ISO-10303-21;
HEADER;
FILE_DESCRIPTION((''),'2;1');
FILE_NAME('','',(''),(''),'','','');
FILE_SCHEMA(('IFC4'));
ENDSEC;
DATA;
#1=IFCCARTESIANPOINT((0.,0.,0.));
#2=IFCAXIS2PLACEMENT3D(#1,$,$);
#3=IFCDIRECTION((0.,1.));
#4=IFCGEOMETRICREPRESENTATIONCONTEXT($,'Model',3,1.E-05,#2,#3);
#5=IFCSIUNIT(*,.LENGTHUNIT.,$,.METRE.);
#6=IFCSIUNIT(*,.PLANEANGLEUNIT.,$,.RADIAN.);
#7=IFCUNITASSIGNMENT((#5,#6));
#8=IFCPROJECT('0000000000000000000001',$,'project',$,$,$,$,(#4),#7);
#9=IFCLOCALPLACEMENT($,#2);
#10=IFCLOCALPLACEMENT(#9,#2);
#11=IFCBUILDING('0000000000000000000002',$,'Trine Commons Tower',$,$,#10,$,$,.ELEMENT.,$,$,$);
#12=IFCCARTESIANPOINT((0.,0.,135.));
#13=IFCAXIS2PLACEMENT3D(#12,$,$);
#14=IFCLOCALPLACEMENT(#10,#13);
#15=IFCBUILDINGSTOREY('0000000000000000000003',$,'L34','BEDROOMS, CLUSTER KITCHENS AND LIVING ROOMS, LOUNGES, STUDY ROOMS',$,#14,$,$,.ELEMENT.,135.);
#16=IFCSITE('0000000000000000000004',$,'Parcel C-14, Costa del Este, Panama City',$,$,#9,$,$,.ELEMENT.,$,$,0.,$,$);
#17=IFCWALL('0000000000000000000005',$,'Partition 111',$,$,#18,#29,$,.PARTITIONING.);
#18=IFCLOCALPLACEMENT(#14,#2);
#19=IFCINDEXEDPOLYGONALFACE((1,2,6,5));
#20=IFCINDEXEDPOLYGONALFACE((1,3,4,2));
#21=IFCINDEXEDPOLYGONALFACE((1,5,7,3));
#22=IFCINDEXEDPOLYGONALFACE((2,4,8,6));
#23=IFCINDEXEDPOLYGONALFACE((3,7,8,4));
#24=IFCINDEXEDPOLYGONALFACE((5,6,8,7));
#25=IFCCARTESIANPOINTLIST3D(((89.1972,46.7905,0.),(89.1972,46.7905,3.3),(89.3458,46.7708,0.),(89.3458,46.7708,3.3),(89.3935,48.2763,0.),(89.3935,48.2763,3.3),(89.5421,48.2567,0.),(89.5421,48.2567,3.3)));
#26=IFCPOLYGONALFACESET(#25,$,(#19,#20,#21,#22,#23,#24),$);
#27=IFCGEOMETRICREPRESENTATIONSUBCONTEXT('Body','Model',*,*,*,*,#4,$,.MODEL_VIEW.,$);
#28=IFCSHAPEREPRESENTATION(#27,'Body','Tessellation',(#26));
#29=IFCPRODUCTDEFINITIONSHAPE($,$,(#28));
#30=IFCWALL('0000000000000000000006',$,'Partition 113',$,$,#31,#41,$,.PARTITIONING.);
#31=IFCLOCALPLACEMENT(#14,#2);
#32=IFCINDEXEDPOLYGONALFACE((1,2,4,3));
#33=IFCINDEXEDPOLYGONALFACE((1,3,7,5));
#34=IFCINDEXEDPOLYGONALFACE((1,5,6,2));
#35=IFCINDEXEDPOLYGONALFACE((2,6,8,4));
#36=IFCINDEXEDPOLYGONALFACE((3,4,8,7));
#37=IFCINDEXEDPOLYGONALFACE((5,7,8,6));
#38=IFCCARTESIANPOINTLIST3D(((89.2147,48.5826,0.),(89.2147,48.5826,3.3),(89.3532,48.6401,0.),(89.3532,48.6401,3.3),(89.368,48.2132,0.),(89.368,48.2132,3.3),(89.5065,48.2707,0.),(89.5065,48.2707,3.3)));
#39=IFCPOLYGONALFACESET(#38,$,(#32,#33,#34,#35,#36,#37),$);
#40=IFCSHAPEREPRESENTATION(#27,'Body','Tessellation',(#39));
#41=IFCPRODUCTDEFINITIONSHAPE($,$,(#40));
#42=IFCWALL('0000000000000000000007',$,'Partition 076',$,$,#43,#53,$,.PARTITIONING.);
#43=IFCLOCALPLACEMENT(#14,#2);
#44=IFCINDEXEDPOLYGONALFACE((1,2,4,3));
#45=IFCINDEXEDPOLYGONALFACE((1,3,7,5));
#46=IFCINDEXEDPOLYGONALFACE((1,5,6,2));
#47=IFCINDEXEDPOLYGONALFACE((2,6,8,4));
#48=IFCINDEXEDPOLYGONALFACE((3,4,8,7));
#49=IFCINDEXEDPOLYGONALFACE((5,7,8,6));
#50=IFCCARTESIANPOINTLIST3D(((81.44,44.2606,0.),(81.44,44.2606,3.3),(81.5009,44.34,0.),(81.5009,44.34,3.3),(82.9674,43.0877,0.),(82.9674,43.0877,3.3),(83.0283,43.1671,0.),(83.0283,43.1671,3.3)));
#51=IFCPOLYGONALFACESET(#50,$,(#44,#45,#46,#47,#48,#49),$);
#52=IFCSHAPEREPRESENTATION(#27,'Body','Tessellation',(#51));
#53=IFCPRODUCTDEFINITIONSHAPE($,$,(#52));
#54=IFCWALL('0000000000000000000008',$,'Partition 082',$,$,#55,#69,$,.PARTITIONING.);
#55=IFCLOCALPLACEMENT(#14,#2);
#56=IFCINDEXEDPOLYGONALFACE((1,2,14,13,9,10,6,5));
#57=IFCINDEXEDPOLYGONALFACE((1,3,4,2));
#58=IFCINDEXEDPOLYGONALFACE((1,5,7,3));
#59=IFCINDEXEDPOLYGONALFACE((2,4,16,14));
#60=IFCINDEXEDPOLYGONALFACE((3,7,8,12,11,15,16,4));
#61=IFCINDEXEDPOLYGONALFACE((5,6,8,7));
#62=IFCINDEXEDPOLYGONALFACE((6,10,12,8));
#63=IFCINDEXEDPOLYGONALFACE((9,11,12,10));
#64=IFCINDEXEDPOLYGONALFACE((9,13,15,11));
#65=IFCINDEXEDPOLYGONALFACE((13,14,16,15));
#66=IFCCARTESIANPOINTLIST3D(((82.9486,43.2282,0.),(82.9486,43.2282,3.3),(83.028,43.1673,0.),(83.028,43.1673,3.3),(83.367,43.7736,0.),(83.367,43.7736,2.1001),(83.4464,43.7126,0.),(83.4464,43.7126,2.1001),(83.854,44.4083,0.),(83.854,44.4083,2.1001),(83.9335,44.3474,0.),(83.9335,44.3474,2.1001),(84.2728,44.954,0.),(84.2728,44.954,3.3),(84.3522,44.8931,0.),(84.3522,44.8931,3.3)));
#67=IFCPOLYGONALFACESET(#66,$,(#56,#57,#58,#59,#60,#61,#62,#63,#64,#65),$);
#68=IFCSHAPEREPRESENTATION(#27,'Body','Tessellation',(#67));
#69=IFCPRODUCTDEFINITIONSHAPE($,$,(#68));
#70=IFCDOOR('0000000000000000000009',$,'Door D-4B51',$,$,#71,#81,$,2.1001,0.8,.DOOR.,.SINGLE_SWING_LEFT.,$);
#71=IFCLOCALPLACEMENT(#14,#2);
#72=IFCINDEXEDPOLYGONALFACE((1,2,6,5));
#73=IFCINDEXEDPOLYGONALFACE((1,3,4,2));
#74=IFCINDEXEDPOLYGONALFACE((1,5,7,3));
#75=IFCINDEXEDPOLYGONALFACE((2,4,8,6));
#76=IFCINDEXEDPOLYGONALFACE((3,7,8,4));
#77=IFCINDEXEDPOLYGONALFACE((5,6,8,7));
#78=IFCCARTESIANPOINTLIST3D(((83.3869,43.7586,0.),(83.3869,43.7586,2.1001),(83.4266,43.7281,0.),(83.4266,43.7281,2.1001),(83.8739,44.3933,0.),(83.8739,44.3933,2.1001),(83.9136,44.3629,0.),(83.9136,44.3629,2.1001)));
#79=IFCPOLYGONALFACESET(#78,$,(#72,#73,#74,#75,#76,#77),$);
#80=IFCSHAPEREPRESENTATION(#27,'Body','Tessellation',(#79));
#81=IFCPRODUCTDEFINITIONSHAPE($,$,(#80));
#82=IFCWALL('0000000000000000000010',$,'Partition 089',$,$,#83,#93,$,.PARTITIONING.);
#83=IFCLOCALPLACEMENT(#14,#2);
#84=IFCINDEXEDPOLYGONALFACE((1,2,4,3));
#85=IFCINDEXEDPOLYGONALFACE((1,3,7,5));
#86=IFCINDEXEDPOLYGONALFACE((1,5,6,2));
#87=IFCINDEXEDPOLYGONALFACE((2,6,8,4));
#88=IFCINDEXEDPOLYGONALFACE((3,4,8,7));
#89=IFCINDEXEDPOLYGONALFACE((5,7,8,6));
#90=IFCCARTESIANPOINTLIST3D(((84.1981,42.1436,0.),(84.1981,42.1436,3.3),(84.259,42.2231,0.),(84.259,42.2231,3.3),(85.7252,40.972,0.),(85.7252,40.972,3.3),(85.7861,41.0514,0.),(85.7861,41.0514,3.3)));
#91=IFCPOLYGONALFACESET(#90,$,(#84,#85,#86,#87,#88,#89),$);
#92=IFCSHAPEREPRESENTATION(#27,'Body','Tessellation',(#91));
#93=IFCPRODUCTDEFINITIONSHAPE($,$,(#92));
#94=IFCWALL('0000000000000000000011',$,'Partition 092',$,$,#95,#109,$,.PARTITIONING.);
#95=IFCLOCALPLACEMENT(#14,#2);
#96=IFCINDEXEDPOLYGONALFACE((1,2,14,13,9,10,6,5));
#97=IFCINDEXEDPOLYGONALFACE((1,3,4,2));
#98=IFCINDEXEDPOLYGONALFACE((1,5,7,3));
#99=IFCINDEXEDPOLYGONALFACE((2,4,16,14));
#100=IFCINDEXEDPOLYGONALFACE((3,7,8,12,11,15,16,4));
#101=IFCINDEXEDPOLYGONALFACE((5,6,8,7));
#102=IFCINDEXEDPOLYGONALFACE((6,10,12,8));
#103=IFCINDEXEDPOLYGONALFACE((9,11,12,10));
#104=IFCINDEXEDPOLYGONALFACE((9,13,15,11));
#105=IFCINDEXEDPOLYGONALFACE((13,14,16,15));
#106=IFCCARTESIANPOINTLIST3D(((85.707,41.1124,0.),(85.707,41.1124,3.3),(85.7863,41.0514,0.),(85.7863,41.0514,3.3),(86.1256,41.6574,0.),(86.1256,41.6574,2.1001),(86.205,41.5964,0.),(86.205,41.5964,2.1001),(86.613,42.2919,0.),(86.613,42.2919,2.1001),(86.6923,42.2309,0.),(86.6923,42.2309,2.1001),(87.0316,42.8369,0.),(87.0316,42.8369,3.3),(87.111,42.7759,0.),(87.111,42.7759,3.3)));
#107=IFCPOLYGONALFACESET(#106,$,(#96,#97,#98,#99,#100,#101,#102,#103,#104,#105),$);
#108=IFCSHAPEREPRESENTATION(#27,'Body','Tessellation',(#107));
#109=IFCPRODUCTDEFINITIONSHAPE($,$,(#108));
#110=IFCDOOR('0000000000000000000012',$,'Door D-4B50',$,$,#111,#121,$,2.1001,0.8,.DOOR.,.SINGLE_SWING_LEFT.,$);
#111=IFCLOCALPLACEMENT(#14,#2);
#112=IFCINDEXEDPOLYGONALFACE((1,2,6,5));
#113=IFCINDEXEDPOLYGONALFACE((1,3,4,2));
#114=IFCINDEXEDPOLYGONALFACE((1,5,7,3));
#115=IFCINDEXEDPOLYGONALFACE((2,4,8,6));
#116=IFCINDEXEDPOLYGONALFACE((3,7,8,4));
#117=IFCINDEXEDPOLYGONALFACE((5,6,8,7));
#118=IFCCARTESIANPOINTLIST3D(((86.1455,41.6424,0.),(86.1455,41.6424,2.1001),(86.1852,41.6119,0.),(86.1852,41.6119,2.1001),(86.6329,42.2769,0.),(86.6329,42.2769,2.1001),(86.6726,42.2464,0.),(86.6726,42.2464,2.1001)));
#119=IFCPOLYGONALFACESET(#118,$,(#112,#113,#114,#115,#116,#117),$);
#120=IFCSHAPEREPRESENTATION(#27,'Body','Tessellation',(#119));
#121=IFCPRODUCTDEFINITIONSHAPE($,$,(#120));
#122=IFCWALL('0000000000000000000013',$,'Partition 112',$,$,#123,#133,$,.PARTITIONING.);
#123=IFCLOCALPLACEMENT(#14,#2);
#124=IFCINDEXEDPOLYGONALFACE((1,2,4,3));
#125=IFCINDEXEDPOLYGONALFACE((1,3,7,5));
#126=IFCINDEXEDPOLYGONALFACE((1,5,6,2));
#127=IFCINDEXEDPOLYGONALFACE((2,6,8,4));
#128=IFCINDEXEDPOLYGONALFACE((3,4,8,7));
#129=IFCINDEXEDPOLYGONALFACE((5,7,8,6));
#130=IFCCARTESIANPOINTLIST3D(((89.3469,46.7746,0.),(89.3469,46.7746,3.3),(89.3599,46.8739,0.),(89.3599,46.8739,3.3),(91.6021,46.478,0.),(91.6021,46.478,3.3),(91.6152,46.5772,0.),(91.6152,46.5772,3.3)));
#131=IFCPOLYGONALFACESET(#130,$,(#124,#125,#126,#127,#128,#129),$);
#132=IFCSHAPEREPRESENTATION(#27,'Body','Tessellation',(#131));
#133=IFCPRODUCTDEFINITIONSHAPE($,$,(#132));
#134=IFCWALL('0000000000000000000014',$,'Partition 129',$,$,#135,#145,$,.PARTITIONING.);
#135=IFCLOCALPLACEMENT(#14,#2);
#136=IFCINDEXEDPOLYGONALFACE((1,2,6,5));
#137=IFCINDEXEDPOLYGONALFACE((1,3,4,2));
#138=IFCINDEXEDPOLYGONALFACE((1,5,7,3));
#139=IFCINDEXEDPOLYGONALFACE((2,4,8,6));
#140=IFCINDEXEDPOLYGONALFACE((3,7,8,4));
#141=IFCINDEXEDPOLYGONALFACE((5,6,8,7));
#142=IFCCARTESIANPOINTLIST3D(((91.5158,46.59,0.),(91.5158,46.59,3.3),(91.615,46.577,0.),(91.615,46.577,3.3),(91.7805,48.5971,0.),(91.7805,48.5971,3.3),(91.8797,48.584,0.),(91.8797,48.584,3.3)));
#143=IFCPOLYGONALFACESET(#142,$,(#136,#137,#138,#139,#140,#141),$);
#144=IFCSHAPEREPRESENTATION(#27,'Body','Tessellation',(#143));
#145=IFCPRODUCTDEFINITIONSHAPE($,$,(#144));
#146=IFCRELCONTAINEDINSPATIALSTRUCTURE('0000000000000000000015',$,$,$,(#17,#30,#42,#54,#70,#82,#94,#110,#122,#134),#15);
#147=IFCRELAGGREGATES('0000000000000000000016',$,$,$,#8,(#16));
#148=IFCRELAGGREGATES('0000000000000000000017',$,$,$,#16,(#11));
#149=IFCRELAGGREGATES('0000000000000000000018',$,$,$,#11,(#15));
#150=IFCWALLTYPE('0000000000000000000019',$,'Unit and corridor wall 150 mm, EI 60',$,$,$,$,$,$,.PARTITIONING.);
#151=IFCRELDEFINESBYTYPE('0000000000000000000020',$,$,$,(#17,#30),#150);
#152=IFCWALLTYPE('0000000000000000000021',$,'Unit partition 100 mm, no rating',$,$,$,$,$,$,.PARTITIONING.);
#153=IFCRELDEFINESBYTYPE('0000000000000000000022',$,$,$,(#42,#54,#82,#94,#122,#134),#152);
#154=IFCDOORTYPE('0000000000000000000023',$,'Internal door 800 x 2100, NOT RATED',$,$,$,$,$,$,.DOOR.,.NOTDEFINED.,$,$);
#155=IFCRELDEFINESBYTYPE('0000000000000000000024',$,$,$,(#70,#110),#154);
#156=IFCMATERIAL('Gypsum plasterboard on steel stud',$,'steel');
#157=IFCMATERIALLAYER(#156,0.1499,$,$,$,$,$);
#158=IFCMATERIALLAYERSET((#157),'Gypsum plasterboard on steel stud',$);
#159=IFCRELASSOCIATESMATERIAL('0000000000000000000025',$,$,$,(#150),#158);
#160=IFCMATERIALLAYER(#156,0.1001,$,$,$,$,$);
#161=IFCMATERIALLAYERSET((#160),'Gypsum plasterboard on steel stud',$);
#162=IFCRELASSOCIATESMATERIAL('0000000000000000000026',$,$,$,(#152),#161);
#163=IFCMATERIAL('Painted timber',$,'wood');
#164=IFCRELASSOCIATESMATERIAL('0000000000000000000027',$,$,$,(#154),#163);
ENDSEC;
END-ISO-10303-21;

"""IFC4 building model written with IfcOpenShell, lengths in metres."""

from ifc_helpers import new_model, si_unit, direction, frame, frame_2d, origin, place, context, subcontext, project, spatial, rectangle, extrude, material, layer, layer_set, type_object, element, fill, save


model = new_model("IFC4")

# Units and contexts
model_context = context("Model", 3, precision=1e-05, world=origin(), true_north=direction((0.0, 1.0)))
body_context = subcontext(model_context, "Body", "Model", "MODEL_VIEW")
ifc_project = project(units=[si_unit("LENGTHUNIT", "METRE"), si_unit("PLANEANGLEUNIT", "RADIAN")], contexts=[model_context])

# Site, building, storey
site_placement = place(None, origin())
site = spatial("IfcSite", under=ifc_project, at=site_placement, Name="Parcel C-14, Costa del Este, Panama City", CompositionType="ELEMENT", RefElevation=0.0)
building_placement = place(site_placement, origin())
building = spatial("IfcBuilding", under=site, at=building_placement, Name="Trine Commons Tower", CompositionType="ELEMENT")
storey_placement = place(building_placement, frame((0.0, 0.0, 135.0)))
storey = spatial("IfcBuildingStorey", under=building, at=storey_placement, Name="L34", Description="BEDROOMS, CLUSTER KITCHENS AND LIVING ROOMS, LOUNGES, STUDY ROOMS", CompositionType="ELEMENT", Elevation=135.0)

# Shared definitions
ifc_material_1 = material(Name="Gypsum plasterboard on steel stud", Category="steel")
ifc_layer_1 = layer(ifc_material_1, 0.1499)
ifc_layer_set_1 = layer_set([ifc_layer_1], Name="Gypsum plasterboard on steel stud")
wall_type_1 = type_object("IfcWallType", Name="Unit and corridor wall 150 mm, EI 60", PredefinedType="PARTITIONING", material=ifc_layer_set_1)

# Shared definitions
ifc_material_2 = material(Name="Painted timber", Category="wood")

# Walls
wall_1_placement = place(storey_placement, frame((89.2715, 46.7805, 0.0), z_axis=(0.0, 0.0, 1.0), x_axis=(0.130969, 0.991387, 0.0)))
element("IfcWall", 1, at=wall_1_placement, inside=storey, type_object=wall_type_1, Name="Partition 111", PredefinedType="PARTITIONING", context=body_context, shape_type="SweptSolid", body=[
    extrude(rectangle(XDim=1.4988, YDim=0.1499, at=frame_2d((0.7495, 0.0))), origin(), (0.0, 0.0, 1.0), 3.3),
])
wall_2_placement = place(storey_placement, frame((89.2839, 48.6113, 0.0), z_axis=(0.0, 0.0, 1.0), x_axis=(0.383358, -0.9236, 0.0)))
element("IfcWall", 2, at=wall_2_placement, inside=storey, type_object=wall_type_1, Name="Partition 113", PredefinedType="PARTITIONING", context=body_context, shape_type="SweptSolid", body=[
    extrude(rectangle(XDim=0.3999, YDim=0.1499, at=frame_2d((0.2, 0.0))), origin(), (0.0, 0.0, 1.0), 3.3),
])
ifc_layer_2 = layer(ifc_material_1, 0.1001)
ifc_layer_set_2 = layer_set([ifc_layer_2], Name="Gypsum plasterboard on steel stud")
wall_type_2 = type_object("IfcWallType", Name="Unit partition 100 mm, no rating", PredefinedType="PARTITIONING", material=ifc_layer_set_2)
wall_3_placement = place(storey_placement, frame((81.4705, 44.3003, 0.0), z_axis=(0.0, 0.0, 1.0), x_axis=(0.793133, -0.609049, 0.0)))
element("IfcWall", 3, at=wall_3_placement, inside=storey, type_object=wall_type_2, Name="Partition 076", PredefinedType="PARTITIONING", context=body_context, shape_type="SweptSolid", body=[
    extrude(rectangle(XDim=1.9258, YDim=0.1001, at=frame_2d((0.9629, 0.0))), origin(), (0.0, 0.0, 1.0), 3.3),
])

# Wall, opening, door
wall_4_placement = place(storey_placement, frame((82.9883, 43.1978, 0.0), z_axis=(0.0, 0.0, 1.0), x_axis=(0.608745, 0.793366, 0.0)))
wall_4 = element("IfcWall", 4, at=wall_4_placement, inside=storey, type_object=wall_type_2, Name="Partition 082", PredefinedType="PARTITIONING", context=body_context, shape_type="SweptSolid", body=[
    extrude(rectangle(XDim=2.1753, YDim=0.1001, at=frame_2d((1.0876, 0.0))), origin(), (0.0, 0.0, 1.0), 3.3),
])
opening_1_placement = place(wall_4_placement, frame((0.6875, 0.0, 0.0)))
opening_1 = element("IfcOpeningElement", 5, at=opening_1_placement, cuts=wall_4, PredefinedType="OPENING", context=body_context, shape_type="SweptSolid", body=[
    extrude(rectangle(XDim=0.8, YDim=2.1001, at=frame_2d((0.3999, 1.05))), frame((0.0, 0.0601, 0.0), z_axis=(0.0, -1.0, 0.0), x_axis=(1.0, 0.0, 0.0)), (0.0, 0.0, 1.0), 0.1201),
])
door_type_1 = type_object("IfcDoorType", Name="Internal door 800 x 2100, NOT RATED", OperationType="NOTDEFINED", PredefinedType="DOOR", material=ifc_material_2)
door_1_placement = place(opening_1_placement, frame((0.8, 0.0, 0.0), z_axis=(0.0, 0.0, 1.0), x_axis=(-1.0, 0.0, 0.0)))
door_1 = element("IfcDoor", 6, at=door_1_placement, inside=storey, type_object=door_type_1, Name="Door D-4B51", OperationType="SINGLE_SWING_LEFT", OverallHeight=2.1001, OverallWidth=0.8, PredefinedType="DOOR", context=body_context, shape_type="SweptSolid", body=[
    extrude(rectangle(XDim=0.8, YDim=2.1001, at=frame_2d((0.3999, 1.05))), frame((0.0, 0.0249, 0.0), z_axis=(0.0, -1.0, 0.0), x_axis=(1.0, 0.0, 0.0)), (0.0, 0.0, 1.0), 0.05),
])
fill(opening_1, door_1)

# Wall
wall_5_placement = place(storey_placement, frame((84.2285, 42.1833, 0.0), z_axis=(0.0, 0.0, 1.0), x_axis=(0.793392, -0.608711, 0.0)))
element("IfcWall", 7, at=wall_5_placement, inside=storey, type_object=wall_type_2, Name="Partition 089", PredefinedType="PARTITIONING", context=body_context, shape_type="SweptSolid", body=[
    extrude(rectangle(XDim=1.9248, YDim=0.1001, at=frame_2d((0.9624, 0.0))), origin(), (0.0, 0.0, 1.0), 3.3),
])

# Wall, opening, door
wall_6_placement = place(storey_placement, frame((85.7466, 41.0818, 0.0), z_axis=(0.0, 0.0, 1.0), x_axis=(0.609157, 0.793049, 0.0)))
wall_6 = element("IfcWall", 8, at=wall_6_placement, inside=storey, type_object=wall_type_2, Name="Partition 092", PredefinedType="PARTITIONING", context=body_context, shape_type="SweptSolid", body=[
    extrude(rectangle(XDim=2.1746, YDim=0.1001, at=frame_2d((1.0874, 0.0))), origin(), (0.0, 0.0, 1.0), 3.3),
])
opening_2_placement = place(wall_6_placement, frame((0.6875, 0.0, 0.0)))
opening_2 = element("IfcOpeningElement", 9, at=opening_2_placement, cuts=wall_6, PredefinedType="OPENING", context=body_context, shape_type="SweptSolid", body=[
    extrude(rectangle(XDim=0.8, YDim=2.1001, at=frame_2d((0.3999, 1.05))), frame((0.0, 0.0601, 0.0), z_axis=(0.0, -1.0, 0.0), x_axis=(1.0, 0.0, 0.0)), (0.0, 0.0, 1.0), 0.1201),
])
door_2_placement = place(opening_2_placement, frame((0.8, 0.0, 0.0), z_axis=(0.0, 0.0, 1.0), x_axis=(-1.0, 0.0, 0.0)))
door_2 = element("IfcDoor", 10, at=door_2_placement, inside=storey, type_object=door_type_1, Name="Door D-4B50", OperationType="SINGLE_SWING_LEFT", OverallHeight=2.1001, OverallWidth=0.8, PredefinedType="DOOR", context=body_context, shape_type="SweptSolid", body=[
    extrude(rectangle(XDim=0.8, YDim=2.1001, at=frame_2d((0.3999, 1.05))), frame((0.0, 0.0249, 0.0), z_axis=(0.0, -1.0, 0.0), x_axis=(1.0, 0.0, 0.0)), (0.0, 0.0, 1.0), 0.05),
])
fill(opening_2, door_2)

# Walls
wall_7_placement = place(storey_placement, frame((89.3535, 46.8242, 0.0), z_axis=(0.0, 0.0, 1.0), x_axis=(0.99146, -0.130413, 0.0)))
element("IfcWall", 11, at=wall_7_placement, inside=storey, type_object=wall_type_2, Name="Partition 112", PredefinedType="PARTITIONING", context=body_context, shape_type="SweptSolid", body=[
    extrude(rectangle(XDim=2.2747, YDim=0.1001, at=frame_2d((1.1372, 0.0))), origin(), (0.0, 0.0, 1.0), 3.3),
])
wall_8_placement = place(storey_placement, frame((91.5654, 46.5835, 0.0), z_axis=(0.0, 0.0, 1.0), x_axis=(0.130726, 0.991419, 0.0)))
element("IfcWall", 12, at=wall_8_placement, inside=storey, type_object=wall_type_2, Name="Partition 129", PredefinedType="PARTITIONING", context=body_context, shape_type="SweptSolid", body=[
    extrude(rectangle(XDim=2.0244, YDim=0.1001, at=frame_2d((1.0122, 0.0))), origin(), (0.0, 0.0, 1.0), 3.3),
])

save(model, "model.ifc")
